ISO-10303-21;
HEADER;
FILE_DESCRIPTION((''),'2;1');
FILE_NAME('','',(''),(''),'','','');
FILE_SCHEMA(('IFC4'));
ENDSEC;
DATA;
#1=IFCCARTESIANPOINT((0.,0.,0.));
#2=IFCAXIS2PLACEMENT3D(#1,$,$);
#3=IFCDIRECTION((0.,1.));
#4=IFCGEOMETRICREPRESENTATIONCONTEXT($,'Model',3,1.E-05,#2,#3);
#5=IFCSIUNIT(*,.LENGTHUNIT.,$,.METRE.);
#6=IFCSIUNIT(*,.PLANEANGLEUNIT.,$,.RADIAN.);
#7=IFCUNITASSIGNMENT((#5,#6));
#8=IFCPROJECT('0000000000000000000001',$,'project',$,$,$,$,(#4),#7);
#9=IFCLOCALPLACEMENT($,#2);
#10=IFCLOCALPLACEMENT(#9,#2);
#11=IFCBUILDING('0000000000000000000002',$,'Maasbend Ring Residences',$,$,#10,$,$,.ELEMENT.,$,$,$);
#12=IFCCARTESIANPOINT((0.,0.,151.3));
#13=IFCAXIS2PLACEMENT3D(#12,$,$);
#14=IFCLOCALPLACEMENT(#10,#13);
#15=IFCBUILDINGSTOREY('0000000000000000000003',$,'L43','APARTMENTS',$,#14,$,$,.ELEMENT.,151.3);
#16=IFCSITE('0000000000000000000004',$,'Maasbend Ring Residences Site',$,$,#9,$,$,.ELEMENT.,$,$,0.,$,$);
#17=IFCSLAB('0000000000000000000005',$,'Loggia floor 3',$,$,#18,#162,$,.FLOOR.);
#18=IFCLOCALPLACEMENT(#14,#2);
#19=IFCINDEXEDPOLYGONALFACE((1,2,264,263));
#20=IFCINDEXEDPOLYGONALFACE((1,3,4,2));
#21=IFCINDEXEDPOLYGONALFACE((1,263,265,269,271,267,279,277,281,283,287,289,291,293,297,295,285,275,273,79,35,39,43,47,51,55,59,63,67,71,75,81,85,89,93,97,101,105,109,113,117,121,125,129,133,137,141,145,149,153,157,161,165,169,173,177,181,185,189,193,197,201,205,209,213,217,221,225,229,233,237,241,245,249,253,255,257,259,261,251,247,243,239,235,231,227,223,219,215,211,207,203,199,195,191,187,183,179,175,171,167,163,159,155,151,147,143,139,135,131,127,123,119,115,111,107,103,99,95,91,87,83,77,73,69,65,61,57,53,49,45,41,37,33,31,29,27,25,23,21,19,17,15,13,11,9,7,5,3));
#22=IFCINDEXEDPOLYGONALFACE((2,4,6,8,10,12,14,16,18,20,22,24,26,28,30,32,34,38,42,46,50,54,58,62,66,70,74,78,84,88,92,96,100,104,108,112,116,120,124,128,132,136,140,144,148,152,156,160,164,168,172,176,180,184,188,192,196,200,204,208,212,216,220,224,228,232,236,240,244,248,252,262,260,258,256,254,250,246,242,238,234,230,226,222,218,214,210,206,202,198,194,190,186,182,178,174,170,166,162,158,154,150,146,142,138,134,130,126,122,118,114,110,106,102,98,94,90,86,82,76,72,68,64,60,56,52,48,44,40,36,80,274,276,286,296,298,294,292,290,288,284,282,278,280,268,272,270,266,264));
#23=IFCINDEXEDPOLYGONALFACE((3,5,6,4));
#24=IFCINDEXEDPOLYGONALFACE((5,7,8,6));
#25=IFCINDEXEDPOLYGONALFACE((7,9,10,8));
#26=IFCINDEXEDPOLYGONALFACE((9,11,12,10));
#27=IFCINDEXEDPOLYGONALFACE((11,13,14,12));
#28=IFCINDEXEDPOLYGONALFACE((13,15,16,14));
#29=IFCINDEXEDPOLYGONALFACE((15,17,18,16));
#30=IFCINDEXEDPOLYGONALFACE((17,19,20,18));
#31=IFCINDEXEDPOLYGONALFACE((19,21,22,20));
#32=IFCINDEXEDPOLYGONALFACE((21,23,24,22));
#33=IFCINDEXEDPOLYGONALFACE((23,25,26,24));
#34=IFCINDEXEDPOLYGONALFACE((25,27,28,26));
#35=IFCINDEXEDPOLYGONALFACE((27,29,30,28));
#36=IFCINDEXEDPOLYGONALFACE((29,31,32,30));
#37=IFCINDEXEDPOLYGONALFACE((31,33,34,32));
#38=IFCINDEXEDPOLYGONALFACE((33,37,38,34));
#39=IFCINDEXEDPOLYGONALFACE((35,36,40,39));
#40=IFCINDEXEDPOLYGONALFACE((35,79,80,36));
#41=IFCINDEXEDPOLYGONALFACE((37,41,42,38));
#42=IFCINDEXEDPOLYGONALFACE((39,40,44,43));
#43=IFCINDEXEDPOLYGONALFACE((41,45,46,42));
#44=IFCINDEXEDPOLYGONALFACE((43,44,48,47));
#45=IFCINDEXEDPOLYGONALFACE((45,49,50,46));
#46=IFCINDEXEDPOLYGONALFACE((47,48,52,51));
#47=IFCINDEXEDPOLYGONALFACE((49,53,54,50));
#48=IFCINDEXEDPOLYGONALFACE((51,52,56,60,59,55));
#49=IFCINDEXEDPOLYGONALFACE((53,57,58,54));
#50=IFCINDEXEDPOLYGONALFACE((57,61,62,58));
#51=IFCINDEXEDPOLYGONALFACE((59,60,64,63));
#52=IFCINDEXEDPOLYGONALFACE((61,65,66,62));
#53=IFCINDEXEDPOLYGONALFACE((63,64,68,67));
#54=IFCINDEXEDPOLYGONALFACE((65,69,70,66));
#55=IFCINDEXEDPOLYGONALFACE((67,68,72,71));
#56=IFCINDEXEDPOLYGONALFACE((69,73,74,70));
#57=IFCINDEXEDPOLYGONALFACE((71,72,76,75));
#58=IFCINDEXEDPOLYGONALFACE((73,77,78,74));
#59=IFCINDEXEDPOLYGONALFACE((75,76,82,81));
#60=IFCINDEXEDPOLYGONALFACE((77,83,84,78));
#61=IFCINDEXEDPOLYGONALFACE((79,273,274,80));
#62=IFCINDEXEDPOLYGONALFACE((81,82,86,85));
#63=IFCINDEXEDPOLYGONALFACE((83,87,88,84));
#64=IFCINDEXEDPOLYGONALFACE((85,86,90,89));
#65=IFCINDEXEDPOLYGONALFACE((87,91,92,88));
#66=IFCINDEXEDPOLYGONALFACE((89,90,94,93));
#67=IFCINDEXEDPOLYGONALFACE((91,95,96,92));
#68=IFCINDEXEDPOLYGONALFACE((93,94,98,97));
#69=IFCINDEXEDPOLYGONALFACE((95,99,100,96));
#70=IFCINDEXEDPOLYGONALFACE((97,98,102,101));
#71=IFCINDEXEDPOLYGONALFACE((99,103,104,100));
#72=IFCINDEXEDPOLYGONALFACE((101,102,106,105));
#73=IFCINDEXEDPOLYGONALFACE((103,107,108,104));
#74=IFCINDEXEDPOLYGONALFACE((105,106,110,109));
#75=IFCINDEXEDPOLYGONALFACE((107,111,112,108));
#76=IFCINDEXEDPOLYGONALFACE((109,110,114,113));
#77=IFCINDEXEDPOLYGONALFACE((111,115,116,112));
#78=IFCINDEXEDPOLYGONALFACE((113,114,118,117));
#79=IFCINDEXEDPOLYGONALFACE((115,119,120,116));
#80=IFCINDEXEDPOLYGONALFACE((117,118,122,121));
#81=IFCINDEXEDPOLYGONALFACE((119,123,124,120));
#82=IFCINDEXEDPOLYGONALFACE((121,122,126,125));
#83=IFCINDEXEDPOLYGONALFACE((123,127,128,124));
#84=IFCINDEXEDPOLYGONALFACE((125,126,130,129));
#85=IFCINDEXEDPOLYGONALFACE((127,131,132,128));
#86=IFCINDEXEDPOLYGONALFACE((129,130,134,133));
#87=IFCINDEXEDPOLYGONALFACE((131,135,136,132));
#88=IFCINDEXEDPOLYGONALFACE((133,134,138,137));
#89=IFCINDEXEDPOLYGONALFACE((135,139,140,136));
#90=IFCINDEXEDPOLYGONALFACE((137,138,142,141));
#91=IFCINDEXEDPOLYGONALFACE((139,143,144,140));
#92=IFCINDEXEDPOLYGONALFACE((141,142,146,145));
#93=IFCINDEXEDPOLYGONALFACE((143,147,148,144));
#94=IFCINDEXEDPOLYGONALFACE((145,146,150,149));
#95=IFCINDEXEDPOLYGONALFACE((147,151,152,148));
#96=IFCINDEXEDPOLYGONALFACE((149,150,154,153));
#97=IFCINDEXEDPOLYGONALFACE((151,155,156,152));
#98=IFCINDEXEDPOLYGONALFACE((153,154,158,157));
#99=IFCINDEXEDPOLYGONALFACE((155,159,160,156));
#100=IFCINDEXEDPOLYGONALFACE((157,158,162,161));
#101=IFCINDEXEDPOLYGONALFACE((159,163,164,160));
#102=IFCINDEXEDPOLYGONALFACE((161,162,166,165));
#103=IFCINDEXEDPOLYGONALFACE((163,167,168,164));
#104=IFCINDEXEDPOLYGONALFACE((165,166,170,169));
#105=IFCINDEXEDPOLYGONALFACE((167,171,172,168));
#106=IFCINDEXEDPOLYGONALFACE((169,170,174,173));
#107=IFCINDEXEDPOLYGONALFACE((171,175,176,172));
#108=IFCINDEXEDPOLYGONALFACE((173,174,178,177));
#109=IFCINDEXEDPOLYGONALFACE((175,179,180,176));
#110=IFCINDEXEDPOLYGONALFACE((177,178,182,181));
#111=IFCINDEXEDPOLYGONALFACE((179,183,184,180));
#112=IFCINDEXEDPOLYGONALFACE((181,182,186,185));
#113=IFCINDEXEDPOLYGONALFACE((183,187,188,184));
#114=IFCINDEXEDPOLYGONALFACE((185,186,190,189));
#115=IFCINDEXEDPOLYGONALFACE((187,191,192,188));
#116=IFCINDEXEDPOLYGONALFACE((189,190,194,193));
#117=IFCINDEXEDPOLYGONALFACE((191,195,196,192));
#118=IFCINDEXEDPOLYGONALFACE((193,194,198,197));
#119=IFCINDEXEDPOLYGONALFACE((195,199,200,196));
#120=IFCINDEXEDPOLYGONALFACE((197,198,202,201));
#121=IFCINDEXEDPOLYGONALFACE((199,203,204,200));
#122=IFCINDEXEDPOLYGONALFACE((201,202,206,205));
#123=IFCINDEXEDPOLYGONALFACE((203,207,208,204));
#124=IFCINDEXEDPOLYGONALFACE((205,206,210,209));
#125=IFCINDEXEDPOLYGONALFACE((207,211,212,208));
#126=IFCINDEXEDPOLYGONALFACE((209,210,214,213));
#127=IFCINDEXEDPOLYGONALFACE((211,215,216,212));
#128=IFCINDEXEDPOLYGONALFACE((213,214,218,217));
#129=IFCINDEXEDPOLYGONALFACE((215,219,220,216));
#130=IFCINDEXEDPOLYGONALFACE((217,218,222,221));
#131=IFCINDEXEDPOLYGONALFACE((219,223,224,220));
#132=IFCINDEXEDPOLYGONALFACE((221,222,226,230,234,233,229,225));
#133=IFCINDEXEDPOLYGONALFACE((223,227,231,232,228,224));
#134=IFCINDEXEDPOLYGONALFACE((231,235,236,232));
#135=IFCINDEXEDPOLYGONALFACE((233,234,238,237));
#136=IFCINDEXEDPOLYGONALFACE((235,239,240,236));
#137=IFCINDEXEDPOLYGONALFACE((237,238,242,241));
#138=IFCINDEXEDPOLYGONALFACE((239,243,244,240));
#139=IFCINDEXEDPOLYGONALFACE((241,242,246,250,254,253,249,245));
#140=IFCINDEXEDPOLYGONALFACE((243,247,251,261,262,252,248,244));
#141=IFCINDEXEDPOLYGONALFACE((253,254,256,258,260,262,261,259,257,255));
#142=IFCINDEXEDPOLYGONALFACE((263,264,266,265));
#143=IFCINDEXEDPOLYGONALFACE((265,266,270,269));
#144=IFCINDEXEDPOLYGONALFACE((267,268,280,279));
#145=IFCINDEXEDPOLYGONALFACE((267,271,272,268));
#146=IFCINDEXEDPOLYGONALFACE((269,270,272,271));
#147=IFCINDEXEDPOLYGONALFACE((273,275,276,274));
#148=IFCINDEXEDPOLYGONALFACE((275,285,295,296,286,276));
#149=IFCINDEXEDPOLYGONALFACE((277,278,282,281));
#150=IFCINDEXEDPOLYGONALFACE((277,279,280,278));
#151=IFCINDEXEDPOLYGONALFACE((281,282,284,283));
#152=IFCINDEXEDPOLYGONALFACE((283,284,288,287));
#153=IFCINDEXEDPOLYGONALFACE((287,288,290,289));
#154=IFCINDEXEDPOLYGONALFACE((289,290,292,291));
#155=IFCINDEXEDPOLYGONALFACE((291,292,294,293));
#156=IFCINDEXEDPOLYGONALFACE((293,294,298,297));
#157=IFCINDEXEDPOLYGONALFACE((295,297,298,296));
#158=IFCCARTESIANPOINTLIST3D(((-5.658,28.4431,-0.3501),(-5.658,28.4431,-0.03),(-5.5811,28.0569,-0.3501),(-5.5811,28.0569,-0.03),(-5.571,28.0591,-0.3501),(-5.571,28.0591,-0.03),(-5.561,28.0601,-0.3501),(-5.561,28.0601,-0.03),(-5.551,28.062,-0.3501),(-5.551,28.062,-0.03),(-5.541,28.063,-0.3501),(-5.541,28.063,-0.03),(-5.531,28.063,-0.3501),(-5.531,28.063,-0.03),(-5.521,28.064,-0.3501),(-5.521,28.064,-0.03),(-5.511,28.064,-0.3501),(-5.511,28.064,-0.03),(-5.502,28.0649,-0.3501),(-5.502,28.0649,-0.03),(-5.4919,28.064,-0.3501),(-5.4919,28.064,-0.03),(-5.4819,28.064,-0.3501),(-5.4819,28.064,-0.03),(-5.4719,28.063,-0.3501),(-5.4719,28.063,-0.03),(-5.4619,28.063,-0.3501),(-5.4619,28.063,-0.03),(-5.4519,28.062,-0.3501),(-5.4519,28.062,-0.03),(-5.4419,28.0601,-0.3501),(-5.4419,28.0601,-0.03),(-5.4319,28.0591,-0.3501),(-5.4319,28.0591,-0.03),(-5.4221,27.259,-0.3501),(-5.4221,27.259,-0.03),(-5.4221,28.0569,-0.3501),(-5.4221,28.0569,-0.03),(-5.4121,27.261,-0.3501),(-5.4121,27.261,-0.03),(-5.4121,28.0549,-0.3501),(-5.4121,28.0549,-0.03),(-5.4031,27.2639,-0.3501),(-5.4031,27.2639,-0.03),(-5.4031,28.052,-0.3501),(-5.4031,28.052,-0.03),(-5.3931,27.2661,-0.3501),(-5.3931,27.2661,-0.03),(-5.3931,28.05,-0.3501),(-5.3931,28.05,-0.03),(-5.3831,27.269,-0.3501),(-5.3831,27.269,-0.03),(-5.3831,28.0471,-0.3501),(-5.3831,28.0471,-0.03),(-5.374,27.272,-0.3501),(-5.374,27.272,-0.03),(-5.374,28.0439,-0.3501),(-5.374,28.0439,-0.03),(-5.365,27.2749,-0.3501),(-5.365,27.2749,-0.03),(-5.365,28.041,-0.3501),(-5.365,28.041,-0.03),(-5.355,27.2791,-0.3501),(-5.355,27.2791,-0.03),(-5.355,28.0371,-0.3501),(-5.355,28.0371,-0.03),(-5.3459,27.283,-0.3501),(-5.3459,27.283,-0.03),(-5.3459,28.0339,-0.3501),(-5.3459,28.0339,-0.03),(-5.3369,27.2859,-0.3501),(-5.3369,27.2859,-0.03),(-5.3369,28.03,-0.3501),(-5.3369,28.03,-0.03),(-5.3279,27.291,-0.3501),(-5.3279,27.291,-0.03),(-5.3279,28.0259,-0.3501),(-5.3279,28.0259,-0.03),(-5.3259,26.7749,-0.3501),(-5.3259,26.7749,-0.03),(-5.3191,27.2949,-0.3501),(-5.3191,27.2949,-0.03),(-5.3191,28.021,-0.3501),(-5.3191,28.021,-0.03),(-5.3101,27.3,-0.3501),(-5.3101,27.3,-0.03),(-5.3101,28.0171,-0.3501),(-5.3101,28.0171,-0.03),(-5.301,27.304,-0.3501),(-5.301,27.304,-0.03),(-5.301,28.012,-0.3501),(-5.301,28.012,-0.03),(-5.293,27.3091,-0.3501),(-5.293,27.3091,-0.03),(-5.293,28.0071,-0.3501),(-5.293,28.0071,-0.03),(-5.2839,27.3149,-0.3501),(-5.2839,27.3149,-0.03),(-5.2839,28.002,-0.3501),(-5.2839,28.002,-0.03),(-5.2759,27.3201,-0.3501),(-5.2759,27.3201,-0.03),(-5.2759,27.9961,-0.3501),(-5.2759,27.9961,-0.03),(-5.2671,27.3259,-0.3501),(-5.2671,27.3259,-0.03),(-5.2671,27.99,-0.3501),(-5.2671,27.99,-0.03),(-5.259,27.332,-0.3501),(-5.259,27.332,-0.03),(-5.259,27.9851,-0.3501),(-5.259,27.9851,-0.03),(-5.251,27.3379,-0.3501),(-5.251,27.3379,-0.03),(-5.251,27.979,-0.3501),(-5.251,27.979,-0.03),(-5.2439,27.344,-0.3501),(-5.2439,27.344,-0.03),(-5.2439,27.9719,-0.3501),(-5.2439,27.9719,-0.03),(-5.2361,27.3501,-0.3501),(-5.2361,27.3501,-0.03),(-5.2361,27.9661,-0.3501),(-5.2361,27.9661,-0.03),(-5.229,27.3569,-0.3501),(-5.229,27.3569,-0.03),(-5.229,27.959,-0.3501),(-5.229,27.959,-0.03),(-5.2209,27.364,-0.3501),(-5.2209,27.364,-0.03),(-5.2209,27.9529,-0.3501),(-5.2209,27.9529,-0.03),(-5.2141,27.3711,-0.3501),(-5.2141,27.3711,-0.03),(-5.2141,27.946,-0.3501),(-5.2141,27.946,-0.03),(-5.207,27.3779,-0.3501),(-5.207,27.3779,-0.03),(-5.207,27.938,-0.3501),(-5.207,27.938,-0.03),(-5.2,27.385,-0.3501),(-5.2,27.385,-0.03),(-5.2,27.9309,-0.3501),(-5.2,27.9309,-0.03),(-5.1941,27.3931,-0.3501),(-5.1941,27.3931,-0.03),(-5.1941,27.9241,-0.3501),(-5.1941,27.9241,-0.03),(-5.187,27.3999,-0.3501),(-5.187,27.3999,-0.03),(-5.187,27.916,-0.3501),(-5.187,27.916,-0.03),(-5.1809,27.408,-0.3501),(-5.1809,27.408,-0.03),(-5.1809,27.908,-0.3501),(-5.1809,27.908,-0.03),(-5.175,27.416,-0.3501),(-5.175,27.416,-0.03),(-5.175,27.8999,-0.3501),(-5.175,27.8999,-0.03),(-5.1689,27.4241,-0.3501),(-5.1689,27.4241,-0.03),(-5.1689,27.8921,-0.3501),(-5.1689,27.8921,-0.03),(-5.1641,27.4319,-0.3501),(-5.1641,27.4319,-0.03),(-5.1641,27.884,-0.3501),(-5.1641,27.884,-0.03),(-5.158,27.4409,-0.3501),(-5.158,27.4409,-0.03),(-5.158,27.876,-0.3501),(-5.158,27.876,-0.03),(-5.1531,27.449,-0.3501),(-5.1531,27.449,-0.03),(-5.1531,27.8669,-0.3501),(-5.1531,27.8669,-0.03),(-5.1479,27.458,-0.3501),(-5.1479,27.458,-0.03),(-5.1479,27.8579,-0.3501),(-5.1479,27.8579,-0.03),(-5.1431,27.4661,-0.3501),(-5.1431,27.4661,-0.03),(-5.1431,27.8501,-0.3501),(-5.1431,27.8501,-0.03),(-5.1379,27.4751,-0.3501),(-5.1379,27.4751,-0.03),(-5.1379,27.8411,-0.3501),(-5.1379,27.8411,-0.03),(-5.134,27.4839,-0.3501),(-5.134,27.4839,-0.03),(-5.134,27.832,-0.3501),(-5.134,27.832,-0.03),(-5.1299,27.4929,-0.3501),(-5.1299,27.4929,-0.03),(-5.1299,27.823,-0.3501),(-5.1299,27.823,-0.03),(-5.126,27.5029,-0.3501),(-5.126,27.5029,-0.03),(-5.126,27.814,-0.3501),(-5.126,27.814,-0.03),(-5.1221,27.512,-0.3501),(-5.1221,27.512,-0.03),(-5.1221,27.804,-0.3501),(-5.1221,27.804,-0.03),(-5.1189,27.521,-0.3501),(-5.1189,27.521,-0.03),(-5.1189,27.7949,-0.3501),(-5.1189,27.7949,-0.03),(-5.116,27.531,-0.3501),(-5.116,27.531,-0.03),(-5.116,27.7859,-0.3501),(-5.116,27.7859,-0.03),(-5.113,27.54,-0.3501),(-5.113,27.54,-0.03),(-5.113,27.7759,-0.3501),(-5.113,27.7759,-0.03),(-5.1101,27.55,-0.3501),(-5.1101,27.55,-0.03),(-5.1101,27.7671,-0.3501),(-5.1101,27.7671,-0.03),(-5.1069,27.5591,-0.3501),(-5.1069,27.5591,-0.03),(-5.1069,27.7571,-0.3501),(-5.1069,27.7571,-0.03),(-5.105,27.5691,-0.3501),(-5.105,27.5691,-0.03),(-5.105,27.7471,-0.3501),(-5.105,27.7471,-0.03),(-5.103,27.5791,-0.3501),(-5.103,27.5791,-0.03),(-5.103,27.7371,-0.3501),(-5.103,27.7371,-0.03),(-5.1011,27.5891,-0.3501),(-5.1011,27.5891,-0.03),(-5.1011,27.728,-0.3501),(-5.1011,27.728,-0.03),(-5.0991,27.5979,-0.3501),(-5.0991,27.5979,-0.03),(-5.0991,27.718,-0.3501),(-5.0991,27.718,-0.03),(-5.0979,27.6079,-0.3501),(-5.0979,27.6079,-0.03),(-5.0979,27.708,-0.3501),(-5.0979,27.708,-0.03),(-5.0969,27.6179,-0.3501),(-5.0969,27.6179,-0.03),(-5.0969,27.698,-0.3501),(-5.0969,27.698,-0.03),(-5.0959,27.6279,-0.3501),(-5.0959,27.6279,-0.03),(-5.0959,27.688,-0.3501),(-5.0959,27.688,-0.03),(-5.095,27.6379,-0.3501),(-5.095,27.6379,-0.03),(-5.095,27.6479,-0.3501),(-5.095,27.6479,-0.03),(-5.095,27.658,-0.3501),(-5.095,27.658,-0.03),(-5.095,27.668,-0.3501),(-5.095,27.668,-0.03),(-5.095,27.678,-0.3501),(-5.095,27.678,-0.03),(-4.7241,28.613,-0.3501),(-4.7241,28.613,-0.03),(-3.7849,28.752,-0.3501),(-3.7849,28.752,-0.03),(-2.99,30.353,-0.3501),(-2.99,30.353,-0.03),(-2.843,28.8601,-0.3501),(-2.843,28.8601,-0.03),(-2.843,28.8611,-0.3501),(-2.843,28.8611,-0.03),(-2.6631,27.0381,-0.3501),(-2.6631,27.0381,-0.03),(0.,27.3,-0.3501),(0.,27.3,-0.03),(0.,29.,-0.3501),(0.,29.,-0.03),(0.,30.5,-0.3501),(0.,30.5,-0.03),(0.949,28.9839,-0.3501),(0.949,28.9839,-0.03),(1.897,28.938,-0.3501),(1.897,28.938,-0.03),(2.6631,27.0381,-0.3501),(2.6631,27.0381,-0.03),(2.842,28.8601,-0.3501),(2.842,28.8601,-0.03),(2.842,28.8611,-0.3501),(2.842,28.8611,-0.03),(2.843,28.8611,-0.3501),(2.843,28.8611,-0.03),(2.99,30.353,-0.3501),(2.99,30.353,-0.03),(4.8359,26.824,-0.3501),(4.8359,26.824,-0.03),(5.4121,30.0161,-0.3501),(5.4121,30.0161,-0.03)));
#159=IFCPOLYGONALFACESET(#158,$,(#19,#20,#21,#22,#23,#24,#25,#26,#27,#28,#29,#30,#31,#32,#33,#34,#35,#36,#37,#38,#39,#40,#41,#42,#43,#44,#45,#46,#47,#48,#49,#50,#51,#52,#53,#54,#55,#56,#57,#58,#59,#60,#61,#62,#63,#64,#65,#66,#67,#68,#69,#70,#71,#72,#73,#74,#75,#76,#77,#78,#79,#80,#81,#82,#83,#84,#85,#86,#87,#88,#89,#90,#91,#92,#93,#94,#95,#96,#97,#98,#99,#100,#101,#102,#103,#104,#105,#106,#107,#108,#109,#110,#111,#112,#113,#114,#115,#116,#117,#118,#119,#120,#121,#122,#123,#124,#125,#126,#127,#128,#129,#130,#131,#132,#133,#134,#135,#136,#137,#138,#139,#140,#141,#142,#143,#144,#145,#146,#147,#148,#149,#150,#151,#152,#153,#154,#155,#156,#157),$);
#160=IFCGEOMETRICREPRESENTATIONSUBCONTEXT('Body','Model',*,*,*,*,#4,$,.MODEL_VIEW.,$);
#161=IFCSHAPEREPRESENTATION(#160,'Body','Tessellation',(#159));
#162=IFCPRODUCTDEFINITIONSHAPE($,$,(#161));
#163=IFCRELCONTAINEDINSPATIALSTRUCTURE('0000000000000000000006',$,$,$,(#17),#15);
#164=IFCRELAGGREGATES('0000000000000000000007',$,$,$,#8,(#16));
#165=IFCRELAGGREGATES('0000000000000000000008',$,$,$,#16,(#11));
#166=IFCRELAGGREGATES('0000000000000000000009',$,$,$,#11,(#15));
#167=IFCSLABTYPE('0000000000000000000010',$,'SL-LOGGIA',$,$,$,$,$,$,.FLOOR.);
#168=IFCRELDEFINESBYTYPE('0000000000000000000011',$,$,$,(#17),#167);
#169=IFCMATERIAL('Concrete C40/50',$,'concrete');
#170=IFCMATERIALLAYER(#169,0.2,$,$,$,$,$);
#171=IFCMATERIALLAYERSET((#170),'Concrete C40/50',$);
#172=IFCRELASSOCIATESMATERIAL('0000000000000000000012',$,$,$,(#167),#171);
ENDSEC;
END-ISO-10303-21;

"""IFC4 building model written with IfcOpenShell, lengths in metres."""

from ifc_helpers import new_model, si_unit, direction, frame, origin, place, context, subcontext, project, spatial, polyline, outline, extrude, material, layer, layer_set, type_object, element, save


model = new_model("IFC4")

# Units and contexts
model_context = context("Model", 3, precision=1e-05, world=origin(), true_north=direction((0.0, 1.0)))
body_context = subcontext(model_context, "Body", "Model", "MODEL_VIEW")
ifc_project = project(units=[si_unit("LENGTHUNIT", "METRE"), si_unit("PLANEANGLEUNIT", "RADIAN")], contexts=[model_context])

# Site, building, storey
site_placement = place(None, origin())
site = spatial("IfcSite", under=ifc_project, at=site_placement, Name="Maasbend Ring Residences Site", CompositionType="ELEMENT", RefElevation=0.0)
building_placement = place(site_placement, origin())
building = spatial("IfcBuilding", under=site, at=building_placement, Name="Maasbend Ring Residences", CompositionType="ELEMENT")
storey_placement = place(building_placement, frame((0.0, 0.0, 151.3)))
storey = spatial("IfcBuildingStorey", under=building, at=storey_placement, Name="L43", Description="APARTMENTS", CompositionType="ELEMENT", Elevation=151.3)

# Slab
ifc_material_1 = material(Name="Concrete C40/50", Category="concrete")
ifc_layer_1 = layer(ifc_material_1, 0.2)
ifc_layer_set_1 = layer_set([ifc_layer_1], Name="Concrete C40/50")
slab_type_1 = type_object("IfcSlabType", Name="SL-LOGGIA", PredefinedType="FLOOR", material=ifc_layer_set_1)
slab_1_placement = place(storey_placement, frame((0.0, 0.0, -0.3501)))
element("IfcSlab", 1, at=slab_1_placement, inside=storey, type_object=slab_type_1, Name="Loggia floor 3", PredefinedType="FLOOR", context=body_context, shape_type="SweptSolid", body=[
    extrude(outline(polyline([(-3.7849, 28.752), (-2.843, 28.8601), (-2.843, 28.8601), (-2.843, 28.8601), (-2.843, 28.8601), (-2.843, 28.8601), (-2.843, 28.8601), (-2.843, 28.8601), (-2.843, 28.8601), (-2.843, 28.8601), (-2.843, 28.8611), (-2.843, 28.8611), (-2.843, 28.8611), (-2.843, 28.8611), (-2.843, 28.8611), (-2.843, 28.8611), (-2.843, 28.8611), (-2.843, 28.8611), (-2.99, 30.353), (-2.99, 30.353), (-2.99, 30.353), (0.0, 30.5), (0.0, 30.5), (0.0, 30.5), (0.0, 29.0), (0.0, 29.0), (0.0, 29.0), (0.0, 29.0), (0.0, 29.0), (0.0, 29.0), (0.0, 29.0), (0.0, 29.0), (0.0, 29.0), (0.0, 29.0), (0.0, 29.0), (0.0, 29.0), (0.0, 29.0), (0.0, 29.0), (0.0, 29.0), (0.0, 29.0), (0.0, 29.0), (0.949, 28.9839), (0.949, 28.9839), (1.897, 28.938), (1.897, 28.938), (2.842, 28.8601), (2.842, 28.8601), (2.842, 28.8601), (2.842, 28.8601), (2.842, 28.8601), (2.842, 28.8601), (2.842, 28.8601), (2.842, 28.8601), (2.842, 28.8611), (2.842, 28.8611), (2.842, 28.8611), (2.842, 28.8611), (2.842, 28.8611), (2.843, 28.8611), (2.843, 28.8611), (2.843, 28.8611), (2.843, 28.8611), (2.99, 30.353), (2.99, 30.353), (2.99, 30.353), (5.4121, 30.0161), (5.4121, 30.0161), (5.4121, 30.0161), (4.8359, 26.824), (4.8359, 26.824), (4.8359, 26.824), (2.6631, 27.0381), (0.0, 27.3), (0.0, 27.3), (0.0, 27.3), (-2.6631, 27.0381), (-5.3259, 26.7749), (-5.3259, 26.7749), (-5.3259, 26.7749), (-5.4221, 27.259), (-5.4221, 27.259), (-5.4121, 27.261), (-5.4031, 27.2639), (-5.3931, 27.2661), (-5.3831, 27.269), (-5.374, 27.272), (-5.365, 27.2749), (-5.355, 27.2791), (-5.3459, 27.283), (-5.3369, 27.2859), (-5.3279, 27.291), (-5.3191, 27.2949), (-5.3101, 27.3), (-5.301, 27.304), (-5.293, 27.3091), (-5.2839, 27.3149), (-5.2759, 27.3201), (-5.2671, 27.3259), (-5.259, 27.332), (-5.251, 27.3379), (-5.2439, 27.344), (-5.2361, 27.3501), (-5.229, 27.3569), (-5.2209, 27.364), (-5.2141, 27.3711), (-5.207, 27.3779), (-5.2, 27.385), (-5.1941, 27.3931), (-5.187, 27.3999), (-5.1809, 27.408), (-5.175, 27.416), (-5.1689, 27.4241), (-5.1641, 27.4319), (-5.158, 27.4409), (-5.1531, 27.449), (-5.1479, 27.458), (-5.1431, 27.4661), (-5.1379, 27.4751), (-5.134, 27.4839), (-5.1299, 27.4929), (-5.126, 27.5029), (-5.1221, 27.512), (-5.1189, 27.521), (-5.116, 27.531), (-5.113, 27.54), (-5.1101, 27.55), (-5.1069, 27.5591), (-5.105, 27.5691), (-5.103, 27.5791), (-5.1011, 27.5891), (-5.0991, 27.5979), (-5.0979, 27.6079), (-5.0969, 27.6179), (-5.0959, 27.6279), (-5.095, 27.6379), (-5.095, 27.6479), (-5.095, 27.658), (-5.095, 27.668), (-5.095, 27.678), (-5.0959, 27.688), (-5.0969, 27.698), (-5.0979, 27.708), (-5.0991, 27.718), (-5.1011, 27.728), (-5.103, 27.7371), (-5.105, 27.7471), (-5.1069, 27.7571), (-5.1101, 27.7671), (-5.113, 27.7759), (-5.116, 27.7859), (-5.1189, 27.7949), (-5.1221, 27.804), (-5.126, 27.814), (-5.1299, 27.823), (-5.134, 27.832), (-5.1379, 27.8411), (-5.1431, 27.8501), (-5.1479, 27.8579), (-5.1531, 27.8669), (-5.158, 27.876), (-5.1641, 27.884), (-5.1689, 27.8921), (-5.175, 27.8999), (-5.1809, 27.908), (-5.187, 27.916), (-5.1941, 27.9241), (-5.2, 27.9309), (-5.207, 27.938), (-5.2141, 27.946), (-5.2209, 27.9529), (-5.229, 27.959), (-5.2361, 27.9661), (-5.2439, 27.9719), (-5.251, 27.979), (-5.259, 27.9851), (-5.2671, 27.99), (-5.2759, 27.9961), (-5.2839, 28.002), (-5.293, 28.0071), (-5.301, 28.012), (-5.3101, 28.0171), (-5.3191, 28.021), (-5.3279, 28.0259), (-5.3369, 28.03), (-5.3459, 28.0339), (-5.355, 28.0371), (-5.365, 28.041), (-5.374, 28.0439), (-5.3831, 28.0471), (-5.3931, 28.05), (-5.4031, 28.052), (-5.4121, 28.0549), (-5.4221, 28.0569), (-5.4319, 28.0591), (-5.4419, 28.0601), (-5.4519, 28.062), (-5.4619, 28.063), (-5.4719, 28.063), (-5.4819, 28.064), (-5.4919, 28.064), (-5.502, 28.0649), (-5.511, 28.064), (-5.521, 28.064), (-5.531, 28.063), (-5.541, 28.063), (-5.551, 28.062), (-5.561, 28.0601), (-5.571, 28.0591), (-5.5811, 28.0569), (-5.5811, 28.0569), (-5.658, 28.4431), (-5.658, 28.4431), (-5.658, 28.4431), (-4.7241, 28.613), (-4.7241, 28.613), (-3.7849, 28.752), (-3.7849, 28.752)])), origin(), (0.0, 0.0, 1.0), 0.3201),
])

save(model, "model.ifc")
